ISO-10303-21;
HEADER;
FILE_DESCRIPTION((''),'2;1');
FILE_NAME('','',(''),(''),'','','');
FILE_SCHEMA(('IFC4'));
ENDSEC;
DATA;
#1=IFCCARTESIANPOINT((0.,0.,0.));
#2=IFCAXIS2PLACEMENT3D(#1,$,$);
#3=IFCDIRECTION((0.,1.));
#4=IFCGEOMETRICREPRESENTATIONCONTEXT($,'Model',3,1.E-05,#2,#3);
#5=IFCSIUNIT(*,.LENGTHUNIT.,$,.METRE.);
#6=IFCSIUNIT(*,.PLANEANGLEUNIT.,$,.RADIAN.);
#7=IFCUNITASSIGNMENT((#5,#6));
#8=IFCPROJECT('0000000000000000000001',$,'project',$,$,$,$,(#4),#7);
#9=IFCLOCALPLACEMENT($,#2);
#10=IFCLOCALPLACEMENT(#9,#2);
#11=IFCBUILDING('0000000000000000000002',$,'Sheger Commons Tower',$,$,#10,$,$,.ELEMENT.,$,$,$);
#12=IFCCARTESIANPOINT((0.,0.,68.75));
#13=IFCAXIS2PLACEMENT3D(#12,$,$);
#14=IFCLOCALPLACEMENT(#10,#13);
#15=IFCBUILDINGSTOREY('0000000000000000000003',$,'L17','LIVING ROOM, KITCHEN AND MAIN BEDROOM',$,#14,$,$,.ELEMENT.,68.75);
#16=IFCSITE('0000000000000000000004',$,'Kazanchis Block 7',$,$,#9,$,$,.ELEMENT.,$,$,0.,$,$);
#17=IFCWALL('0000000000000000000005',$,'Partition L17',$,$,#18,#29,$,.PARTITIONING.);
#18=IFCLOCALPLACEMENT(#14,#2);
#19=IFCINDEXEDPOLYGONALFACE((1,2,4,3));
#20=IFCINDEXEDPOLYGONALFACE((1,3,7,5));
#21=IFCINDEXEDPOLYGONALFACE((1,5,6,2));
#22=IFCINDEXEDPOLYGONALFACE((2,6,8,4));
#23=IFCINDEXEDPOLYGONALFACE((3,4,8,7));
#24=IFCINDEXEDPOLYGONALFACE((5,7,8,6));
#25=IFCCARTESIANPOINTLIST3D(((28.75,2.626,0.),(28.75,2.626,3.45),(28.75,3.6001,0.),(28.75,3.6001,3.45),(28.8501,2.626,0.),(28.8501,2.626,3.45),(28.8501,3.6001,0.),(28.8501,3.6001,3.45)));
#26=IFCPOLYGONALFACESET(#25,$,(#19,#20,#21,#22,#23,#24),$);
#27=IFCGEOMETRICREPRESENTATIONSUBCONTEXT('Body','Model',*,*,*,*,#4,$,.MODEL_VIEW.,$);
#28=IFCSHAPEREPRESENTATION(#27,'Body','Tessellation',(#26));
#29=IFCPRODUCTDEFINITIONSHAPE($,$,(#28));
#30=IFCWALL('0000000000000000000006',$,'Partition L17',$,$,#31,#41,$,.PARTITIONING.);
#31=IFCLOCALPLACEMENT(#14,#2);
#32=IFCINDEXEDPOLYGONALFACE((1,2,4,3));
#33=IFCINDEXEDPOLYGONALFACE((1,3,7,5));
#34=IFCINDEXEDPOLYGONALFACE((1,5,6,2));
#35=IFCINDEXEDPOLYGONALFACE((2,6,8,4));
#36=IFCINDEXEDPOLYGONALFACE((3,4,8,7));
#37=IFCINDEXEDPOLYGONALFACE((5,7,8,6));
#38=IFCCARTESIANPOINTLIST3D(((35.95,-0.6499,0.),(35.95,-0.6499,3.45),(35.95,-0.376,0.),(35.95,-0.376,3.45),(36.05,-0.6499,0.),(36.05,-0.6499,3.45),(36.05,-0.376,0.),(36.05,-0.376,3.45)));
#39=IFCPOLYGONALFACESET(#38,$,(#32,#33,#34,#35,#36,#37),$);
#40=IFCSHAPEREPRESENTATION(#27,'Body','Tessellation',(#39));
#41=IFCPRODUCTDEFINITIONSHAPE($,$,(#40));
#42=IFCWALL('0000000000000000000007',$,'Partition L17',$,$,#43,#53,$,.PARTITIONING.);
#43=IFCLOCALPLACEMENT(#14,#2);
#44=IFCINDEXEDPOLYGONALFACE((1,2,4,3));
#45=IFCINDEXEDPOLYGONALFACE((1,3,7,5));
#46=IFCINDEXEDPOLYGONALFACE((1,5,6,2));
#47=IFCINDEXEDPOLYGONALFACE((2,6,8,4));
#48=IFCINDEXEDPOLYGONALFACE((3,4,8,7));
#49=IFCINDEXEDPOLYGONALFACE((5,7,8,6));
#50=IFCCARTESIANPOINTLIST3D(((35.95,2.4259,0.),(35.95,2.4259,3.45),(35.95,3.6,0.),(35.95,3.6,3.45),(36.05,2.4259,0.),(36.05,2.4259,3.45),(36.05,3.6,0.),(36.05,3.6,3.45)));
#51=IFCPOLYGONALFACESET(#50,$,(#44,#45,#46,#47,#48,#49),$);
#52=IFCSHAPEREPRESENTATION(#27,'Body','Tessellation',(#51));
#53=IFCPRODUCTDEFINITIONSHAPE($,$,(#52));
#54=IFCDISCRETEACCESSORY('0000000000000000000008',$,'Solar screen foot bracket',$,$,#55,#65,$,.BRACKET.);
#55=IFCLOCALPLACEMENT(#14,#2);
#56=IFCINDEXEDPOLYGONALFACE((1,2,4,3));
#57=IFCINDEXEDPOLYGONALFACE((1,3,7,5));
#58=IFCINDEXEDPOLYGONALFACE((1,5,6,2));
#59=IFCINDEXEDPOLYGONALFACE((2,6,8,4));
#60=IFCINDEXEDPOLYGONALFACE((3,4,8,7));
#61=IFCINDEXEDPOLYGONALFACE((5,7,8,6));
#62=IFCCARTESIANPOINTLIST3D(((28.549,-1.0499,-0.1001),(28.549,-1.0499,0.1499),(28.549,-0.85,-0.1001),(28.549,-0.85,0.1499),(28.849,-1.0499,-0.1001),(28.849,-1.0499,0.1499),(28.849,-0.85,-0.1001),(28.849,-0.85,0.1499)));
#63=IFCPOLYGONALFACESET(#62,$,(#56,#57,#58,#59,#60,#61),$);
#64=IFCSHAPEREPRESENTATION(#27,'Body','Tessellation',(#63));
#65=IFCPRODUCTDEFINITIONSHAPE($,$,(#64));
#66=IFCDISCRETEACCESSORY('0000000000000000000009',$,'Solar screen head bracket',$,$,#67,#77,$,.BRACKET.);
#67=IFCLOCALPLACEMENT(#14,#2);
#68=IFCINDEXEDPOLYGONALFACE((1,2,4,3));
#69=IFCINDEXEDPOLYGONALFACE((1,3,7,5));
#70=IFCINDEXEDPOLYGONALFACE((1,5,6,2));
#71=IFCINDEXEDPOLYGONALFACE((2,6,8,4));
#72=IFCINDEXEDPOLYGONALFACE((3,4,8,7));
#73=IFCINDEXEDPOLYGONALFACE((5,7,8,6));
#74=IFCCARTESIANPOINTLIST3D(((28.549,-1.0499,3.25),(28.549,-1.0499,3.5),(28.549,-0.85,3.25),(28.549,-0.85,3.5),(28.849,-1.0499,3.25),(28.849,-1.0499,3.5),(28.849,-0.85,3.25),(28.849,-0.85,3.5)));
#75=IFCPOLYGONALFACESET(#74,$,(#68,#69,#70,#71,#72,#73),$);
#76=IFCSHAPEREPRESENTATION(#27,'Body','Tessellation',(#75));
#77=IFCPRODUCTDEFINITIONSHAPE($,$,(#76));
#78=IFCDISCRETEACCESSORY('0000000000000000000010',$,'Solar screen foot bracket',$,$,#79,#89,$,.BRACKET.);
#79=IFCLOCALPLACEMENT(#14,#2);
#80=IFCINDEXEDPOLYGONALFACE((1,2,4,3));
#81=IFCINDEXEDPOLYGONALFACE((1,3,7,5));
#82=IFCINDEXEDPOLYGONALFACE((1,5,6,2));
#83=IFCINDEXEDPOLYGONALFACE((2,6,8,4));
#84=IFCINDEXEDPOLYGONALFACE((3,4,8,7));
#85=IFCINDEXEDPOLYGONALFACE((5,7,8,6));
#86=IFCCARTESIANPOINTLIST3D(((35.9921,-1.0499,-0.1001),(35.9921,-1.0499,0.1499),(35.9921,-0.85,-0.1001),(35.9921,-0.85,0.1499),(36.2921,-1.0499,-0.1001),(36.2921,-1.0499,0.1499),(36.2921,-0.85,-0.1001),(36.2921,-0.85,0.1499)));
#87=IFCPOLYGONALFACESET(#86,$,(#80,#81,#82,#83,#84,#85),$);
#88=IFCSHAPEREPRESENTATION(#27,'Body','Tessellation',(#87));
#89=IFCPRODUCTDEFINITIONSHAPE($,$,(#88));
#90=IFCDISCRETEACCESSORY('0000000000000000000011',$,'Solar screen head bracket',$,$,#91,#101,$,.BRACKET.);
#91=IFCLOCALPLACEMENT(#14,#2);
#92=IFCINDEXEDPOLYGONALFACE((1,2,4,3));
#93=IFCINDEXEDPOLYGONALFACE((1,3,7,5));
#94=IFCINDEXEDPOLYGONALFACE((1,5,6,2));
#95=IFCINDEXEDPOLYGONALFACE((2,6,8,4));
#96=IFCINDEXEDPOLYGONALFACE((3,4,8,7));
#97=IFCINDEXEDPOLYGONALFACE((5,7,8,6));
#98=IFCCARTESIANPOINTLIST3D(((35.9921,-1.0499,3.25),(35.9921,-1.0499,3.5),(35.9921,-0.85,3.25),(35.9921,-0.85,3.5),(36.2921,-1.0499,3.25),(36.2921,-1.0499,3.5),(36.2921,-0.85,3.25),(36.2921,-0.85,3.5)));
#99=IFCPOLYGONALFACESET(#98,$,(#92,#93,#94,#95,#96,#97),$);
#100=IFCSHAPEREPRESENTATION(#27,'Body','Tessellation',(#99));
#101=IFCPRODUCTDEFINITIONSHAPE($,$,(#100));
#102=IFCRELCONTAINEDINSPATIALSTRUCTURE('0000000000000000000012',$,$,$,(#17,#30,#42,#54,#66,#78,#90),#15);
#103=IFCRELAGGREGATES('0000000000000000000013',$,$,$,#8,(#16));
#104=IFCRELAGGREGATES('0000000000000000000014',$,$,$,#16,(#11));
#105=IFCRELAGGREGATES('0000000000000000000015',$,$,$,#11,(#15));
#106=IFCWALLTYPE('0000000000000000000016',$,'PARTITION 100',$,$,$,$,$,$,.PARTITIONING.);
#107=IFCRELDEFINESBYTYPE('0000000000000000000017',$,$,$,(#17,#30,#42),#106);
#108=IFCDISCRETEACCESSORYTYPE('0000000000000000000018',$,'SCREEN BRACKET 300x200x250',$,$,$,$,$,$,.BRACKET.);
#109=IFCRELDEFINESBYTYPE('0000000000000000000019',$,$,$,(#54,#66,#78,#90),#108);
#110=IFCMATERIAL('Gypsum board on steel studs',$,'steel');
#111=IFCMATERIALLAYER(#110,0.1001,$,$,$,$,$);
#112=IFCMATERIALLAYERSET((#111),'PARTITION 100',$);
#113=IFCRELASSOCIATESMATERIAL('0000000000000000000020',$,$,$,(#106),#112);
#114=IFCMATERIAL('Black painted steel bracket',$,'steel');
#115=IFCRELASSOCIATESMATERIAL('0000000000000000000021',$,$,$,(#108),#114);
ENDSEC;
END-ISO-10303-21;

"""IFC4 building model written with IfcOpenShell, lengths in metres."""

from ifc_helpers import new_model, si_unit, direction, frame, frame_2d, origin, origin_2d, place, context, subcontext, project, spatial, rectangle, extrude, material, layer, layer_set, type_object, element, save


model = new_model("IFC4")

# Units and contexts
model_context = context("Model", 3, precision=1e-05, world=origin(), true_north=direction((0.0, 1.0)))
body_context = subcontext(model_context, "Body", "Model", "MODEL_VIEW")
ifc_project = project(units=[si_unit("LENGTHUNIT", "METRE"), si_unit("PLANEANGLEUNIT", "RADIAN")], contexts=[model_context])

# Site, building, storey
site_placement = place(None, origin())
site = spatial("IfcSite", under=ifc_project, at=site_placement, Name="Kazanchis Block 7", CompositionType="ELEMENT", RefElevation=0.0)
building_placement = place(site_placement, origin())
building = spatial("IfcBuilding", under=site, at=building_placement, Name="Sheger Commons Tower", CompositionType="ELEMENT")
storey_placement = place(building_placement, frame((0.0, 0.0, 68.75)))
storey = spatial("IfcBuildingStorey", under=building, at=storey_placement, Name="L17", Description="LIVING ROOM, KITCHEN AND MAIN BEDROOM", CompositionType="ELEMENT", Elevation=68.75)

# Shared definitions
ifc_material_1 = material(Name="Gypsum board on steel studs", Category="steel")
ifc_layer_1 = layer(ifc_material_1, 0.1001)
ifc_layer_set_1 = layer_set([ifc_layer_1], Name="PARTITION 100")
wall_type_1 = type_object("IfcWallType", Name="PARTITION 100", PredefinedType="PARTITIONING", material=ifc_layer_set_1)

# Walls
wall_1_placement = place(storey_placement, frame((28.8, 2.626, 0.0), z_axis=(0.0, 0.0, 1.0), x_axis=(0.0, 1.0, 0.0)))
element("IfcWall", 1, at=wall_1_placement, inside=storey, type_object=wall_type_1, Name="Partition L17", PredefinedType="PARTITIONING", context=body_context, shape_type="SweptSolid", body=[
    extrude(rectangle(XDim=0.9741, YDim=0.1001, at=frame_2d((0.4871, 0.0))), origin(), (0.0, 0.0, 1.0), 3.45),
])
wall_2_placement = place(storey_placement, frame((36.0, -0.6499, 0.0), z_axis=(0.0, 0.0, 1.0), x_axis=(0.0, 1.0, 0.0)))
element("IfcWall", 2, at=wall_2_placement, inside=storey, type_object=wall_type_1, Name="Partition L17", PredefinedType="PARTITIONING", context=body_context, shape_type="SweptSolid", body=[
    extrude(rectangle(XDim=0.2739, YDim=0.1001, at=frame_2d((0.137, 0.0))), origin(), (0.0, 0.0, 1.0), 3.45),
])
wall_3_placement = place(storey_placement, frame((36.0, 2.426, 0.0), z_axis=(0.0, 0.0, 1.0), x_axis=(0.0, 1.0, 0.0)))
element("IfcWall", 3, at=wall_3_placement, inside=storey, type_object=wall_type_1, Name="Partition L17", PredefinedType="PARTITIONING", context=body_context, shape_type="SweptSolid", body=[
    extrude(rectangle(XDim=1.1741, YDim=0.1001, at=frame_2d((0.5869, 0.0))), origin(), (0.0, 0.0, 1.0), 3.45),
])

# Discrete accessories
ifc_material_2 = material(Name="Black painted steel bracket", Category="steel")
discrete_accessory_type = type_object("IfcDiscreteAccessoryType", Name="SCREEN BRACKET 300x200x250", PredefinedType="BRACKET", material=ifc_material_2)
for number, where, z_axis, x_axis, name in (
    (4, (28.699, -0.95, -0.1001), (0.0, 0.0, 1.0), (1.0, 0.0, 0.0), "Solar screen foot bracket"),
    (5, (28.699, -0.95, 3.25), (0.0, 0.0, 1.0), (1.0, 0.0, 0.0), "Solar screen head bracket"),
    (6, (36.1421, -0.95, -0.1001), (0.0, 0.0, 1.0), (1.0, 0.0, 0.0), "Solar screen foot bracket"),
    (7, (36.1421, -0.95, 3.25), (0.0, 0.0, 1.0), (1.0, 0.0, 0.0), "Solar screen head bracket"),
):
    element("IfcDiscreteAccessory", number, at=place(storey_placement, frame(where, z_axis=z_axis, x_axis=x_axis)), inside=storey, type_object=discrete_accessory_type, Name=name, PredefinedType="BRACKET", context=body_context, shape_type="SweptSolid", body=[
        extrude(rectangle(XDim=0.3, YDim=0.2, at=origin_2d()), origin(), (0.0, 0.0, 1.0), 0.25),
    ])

save(model, "model.ifc")
